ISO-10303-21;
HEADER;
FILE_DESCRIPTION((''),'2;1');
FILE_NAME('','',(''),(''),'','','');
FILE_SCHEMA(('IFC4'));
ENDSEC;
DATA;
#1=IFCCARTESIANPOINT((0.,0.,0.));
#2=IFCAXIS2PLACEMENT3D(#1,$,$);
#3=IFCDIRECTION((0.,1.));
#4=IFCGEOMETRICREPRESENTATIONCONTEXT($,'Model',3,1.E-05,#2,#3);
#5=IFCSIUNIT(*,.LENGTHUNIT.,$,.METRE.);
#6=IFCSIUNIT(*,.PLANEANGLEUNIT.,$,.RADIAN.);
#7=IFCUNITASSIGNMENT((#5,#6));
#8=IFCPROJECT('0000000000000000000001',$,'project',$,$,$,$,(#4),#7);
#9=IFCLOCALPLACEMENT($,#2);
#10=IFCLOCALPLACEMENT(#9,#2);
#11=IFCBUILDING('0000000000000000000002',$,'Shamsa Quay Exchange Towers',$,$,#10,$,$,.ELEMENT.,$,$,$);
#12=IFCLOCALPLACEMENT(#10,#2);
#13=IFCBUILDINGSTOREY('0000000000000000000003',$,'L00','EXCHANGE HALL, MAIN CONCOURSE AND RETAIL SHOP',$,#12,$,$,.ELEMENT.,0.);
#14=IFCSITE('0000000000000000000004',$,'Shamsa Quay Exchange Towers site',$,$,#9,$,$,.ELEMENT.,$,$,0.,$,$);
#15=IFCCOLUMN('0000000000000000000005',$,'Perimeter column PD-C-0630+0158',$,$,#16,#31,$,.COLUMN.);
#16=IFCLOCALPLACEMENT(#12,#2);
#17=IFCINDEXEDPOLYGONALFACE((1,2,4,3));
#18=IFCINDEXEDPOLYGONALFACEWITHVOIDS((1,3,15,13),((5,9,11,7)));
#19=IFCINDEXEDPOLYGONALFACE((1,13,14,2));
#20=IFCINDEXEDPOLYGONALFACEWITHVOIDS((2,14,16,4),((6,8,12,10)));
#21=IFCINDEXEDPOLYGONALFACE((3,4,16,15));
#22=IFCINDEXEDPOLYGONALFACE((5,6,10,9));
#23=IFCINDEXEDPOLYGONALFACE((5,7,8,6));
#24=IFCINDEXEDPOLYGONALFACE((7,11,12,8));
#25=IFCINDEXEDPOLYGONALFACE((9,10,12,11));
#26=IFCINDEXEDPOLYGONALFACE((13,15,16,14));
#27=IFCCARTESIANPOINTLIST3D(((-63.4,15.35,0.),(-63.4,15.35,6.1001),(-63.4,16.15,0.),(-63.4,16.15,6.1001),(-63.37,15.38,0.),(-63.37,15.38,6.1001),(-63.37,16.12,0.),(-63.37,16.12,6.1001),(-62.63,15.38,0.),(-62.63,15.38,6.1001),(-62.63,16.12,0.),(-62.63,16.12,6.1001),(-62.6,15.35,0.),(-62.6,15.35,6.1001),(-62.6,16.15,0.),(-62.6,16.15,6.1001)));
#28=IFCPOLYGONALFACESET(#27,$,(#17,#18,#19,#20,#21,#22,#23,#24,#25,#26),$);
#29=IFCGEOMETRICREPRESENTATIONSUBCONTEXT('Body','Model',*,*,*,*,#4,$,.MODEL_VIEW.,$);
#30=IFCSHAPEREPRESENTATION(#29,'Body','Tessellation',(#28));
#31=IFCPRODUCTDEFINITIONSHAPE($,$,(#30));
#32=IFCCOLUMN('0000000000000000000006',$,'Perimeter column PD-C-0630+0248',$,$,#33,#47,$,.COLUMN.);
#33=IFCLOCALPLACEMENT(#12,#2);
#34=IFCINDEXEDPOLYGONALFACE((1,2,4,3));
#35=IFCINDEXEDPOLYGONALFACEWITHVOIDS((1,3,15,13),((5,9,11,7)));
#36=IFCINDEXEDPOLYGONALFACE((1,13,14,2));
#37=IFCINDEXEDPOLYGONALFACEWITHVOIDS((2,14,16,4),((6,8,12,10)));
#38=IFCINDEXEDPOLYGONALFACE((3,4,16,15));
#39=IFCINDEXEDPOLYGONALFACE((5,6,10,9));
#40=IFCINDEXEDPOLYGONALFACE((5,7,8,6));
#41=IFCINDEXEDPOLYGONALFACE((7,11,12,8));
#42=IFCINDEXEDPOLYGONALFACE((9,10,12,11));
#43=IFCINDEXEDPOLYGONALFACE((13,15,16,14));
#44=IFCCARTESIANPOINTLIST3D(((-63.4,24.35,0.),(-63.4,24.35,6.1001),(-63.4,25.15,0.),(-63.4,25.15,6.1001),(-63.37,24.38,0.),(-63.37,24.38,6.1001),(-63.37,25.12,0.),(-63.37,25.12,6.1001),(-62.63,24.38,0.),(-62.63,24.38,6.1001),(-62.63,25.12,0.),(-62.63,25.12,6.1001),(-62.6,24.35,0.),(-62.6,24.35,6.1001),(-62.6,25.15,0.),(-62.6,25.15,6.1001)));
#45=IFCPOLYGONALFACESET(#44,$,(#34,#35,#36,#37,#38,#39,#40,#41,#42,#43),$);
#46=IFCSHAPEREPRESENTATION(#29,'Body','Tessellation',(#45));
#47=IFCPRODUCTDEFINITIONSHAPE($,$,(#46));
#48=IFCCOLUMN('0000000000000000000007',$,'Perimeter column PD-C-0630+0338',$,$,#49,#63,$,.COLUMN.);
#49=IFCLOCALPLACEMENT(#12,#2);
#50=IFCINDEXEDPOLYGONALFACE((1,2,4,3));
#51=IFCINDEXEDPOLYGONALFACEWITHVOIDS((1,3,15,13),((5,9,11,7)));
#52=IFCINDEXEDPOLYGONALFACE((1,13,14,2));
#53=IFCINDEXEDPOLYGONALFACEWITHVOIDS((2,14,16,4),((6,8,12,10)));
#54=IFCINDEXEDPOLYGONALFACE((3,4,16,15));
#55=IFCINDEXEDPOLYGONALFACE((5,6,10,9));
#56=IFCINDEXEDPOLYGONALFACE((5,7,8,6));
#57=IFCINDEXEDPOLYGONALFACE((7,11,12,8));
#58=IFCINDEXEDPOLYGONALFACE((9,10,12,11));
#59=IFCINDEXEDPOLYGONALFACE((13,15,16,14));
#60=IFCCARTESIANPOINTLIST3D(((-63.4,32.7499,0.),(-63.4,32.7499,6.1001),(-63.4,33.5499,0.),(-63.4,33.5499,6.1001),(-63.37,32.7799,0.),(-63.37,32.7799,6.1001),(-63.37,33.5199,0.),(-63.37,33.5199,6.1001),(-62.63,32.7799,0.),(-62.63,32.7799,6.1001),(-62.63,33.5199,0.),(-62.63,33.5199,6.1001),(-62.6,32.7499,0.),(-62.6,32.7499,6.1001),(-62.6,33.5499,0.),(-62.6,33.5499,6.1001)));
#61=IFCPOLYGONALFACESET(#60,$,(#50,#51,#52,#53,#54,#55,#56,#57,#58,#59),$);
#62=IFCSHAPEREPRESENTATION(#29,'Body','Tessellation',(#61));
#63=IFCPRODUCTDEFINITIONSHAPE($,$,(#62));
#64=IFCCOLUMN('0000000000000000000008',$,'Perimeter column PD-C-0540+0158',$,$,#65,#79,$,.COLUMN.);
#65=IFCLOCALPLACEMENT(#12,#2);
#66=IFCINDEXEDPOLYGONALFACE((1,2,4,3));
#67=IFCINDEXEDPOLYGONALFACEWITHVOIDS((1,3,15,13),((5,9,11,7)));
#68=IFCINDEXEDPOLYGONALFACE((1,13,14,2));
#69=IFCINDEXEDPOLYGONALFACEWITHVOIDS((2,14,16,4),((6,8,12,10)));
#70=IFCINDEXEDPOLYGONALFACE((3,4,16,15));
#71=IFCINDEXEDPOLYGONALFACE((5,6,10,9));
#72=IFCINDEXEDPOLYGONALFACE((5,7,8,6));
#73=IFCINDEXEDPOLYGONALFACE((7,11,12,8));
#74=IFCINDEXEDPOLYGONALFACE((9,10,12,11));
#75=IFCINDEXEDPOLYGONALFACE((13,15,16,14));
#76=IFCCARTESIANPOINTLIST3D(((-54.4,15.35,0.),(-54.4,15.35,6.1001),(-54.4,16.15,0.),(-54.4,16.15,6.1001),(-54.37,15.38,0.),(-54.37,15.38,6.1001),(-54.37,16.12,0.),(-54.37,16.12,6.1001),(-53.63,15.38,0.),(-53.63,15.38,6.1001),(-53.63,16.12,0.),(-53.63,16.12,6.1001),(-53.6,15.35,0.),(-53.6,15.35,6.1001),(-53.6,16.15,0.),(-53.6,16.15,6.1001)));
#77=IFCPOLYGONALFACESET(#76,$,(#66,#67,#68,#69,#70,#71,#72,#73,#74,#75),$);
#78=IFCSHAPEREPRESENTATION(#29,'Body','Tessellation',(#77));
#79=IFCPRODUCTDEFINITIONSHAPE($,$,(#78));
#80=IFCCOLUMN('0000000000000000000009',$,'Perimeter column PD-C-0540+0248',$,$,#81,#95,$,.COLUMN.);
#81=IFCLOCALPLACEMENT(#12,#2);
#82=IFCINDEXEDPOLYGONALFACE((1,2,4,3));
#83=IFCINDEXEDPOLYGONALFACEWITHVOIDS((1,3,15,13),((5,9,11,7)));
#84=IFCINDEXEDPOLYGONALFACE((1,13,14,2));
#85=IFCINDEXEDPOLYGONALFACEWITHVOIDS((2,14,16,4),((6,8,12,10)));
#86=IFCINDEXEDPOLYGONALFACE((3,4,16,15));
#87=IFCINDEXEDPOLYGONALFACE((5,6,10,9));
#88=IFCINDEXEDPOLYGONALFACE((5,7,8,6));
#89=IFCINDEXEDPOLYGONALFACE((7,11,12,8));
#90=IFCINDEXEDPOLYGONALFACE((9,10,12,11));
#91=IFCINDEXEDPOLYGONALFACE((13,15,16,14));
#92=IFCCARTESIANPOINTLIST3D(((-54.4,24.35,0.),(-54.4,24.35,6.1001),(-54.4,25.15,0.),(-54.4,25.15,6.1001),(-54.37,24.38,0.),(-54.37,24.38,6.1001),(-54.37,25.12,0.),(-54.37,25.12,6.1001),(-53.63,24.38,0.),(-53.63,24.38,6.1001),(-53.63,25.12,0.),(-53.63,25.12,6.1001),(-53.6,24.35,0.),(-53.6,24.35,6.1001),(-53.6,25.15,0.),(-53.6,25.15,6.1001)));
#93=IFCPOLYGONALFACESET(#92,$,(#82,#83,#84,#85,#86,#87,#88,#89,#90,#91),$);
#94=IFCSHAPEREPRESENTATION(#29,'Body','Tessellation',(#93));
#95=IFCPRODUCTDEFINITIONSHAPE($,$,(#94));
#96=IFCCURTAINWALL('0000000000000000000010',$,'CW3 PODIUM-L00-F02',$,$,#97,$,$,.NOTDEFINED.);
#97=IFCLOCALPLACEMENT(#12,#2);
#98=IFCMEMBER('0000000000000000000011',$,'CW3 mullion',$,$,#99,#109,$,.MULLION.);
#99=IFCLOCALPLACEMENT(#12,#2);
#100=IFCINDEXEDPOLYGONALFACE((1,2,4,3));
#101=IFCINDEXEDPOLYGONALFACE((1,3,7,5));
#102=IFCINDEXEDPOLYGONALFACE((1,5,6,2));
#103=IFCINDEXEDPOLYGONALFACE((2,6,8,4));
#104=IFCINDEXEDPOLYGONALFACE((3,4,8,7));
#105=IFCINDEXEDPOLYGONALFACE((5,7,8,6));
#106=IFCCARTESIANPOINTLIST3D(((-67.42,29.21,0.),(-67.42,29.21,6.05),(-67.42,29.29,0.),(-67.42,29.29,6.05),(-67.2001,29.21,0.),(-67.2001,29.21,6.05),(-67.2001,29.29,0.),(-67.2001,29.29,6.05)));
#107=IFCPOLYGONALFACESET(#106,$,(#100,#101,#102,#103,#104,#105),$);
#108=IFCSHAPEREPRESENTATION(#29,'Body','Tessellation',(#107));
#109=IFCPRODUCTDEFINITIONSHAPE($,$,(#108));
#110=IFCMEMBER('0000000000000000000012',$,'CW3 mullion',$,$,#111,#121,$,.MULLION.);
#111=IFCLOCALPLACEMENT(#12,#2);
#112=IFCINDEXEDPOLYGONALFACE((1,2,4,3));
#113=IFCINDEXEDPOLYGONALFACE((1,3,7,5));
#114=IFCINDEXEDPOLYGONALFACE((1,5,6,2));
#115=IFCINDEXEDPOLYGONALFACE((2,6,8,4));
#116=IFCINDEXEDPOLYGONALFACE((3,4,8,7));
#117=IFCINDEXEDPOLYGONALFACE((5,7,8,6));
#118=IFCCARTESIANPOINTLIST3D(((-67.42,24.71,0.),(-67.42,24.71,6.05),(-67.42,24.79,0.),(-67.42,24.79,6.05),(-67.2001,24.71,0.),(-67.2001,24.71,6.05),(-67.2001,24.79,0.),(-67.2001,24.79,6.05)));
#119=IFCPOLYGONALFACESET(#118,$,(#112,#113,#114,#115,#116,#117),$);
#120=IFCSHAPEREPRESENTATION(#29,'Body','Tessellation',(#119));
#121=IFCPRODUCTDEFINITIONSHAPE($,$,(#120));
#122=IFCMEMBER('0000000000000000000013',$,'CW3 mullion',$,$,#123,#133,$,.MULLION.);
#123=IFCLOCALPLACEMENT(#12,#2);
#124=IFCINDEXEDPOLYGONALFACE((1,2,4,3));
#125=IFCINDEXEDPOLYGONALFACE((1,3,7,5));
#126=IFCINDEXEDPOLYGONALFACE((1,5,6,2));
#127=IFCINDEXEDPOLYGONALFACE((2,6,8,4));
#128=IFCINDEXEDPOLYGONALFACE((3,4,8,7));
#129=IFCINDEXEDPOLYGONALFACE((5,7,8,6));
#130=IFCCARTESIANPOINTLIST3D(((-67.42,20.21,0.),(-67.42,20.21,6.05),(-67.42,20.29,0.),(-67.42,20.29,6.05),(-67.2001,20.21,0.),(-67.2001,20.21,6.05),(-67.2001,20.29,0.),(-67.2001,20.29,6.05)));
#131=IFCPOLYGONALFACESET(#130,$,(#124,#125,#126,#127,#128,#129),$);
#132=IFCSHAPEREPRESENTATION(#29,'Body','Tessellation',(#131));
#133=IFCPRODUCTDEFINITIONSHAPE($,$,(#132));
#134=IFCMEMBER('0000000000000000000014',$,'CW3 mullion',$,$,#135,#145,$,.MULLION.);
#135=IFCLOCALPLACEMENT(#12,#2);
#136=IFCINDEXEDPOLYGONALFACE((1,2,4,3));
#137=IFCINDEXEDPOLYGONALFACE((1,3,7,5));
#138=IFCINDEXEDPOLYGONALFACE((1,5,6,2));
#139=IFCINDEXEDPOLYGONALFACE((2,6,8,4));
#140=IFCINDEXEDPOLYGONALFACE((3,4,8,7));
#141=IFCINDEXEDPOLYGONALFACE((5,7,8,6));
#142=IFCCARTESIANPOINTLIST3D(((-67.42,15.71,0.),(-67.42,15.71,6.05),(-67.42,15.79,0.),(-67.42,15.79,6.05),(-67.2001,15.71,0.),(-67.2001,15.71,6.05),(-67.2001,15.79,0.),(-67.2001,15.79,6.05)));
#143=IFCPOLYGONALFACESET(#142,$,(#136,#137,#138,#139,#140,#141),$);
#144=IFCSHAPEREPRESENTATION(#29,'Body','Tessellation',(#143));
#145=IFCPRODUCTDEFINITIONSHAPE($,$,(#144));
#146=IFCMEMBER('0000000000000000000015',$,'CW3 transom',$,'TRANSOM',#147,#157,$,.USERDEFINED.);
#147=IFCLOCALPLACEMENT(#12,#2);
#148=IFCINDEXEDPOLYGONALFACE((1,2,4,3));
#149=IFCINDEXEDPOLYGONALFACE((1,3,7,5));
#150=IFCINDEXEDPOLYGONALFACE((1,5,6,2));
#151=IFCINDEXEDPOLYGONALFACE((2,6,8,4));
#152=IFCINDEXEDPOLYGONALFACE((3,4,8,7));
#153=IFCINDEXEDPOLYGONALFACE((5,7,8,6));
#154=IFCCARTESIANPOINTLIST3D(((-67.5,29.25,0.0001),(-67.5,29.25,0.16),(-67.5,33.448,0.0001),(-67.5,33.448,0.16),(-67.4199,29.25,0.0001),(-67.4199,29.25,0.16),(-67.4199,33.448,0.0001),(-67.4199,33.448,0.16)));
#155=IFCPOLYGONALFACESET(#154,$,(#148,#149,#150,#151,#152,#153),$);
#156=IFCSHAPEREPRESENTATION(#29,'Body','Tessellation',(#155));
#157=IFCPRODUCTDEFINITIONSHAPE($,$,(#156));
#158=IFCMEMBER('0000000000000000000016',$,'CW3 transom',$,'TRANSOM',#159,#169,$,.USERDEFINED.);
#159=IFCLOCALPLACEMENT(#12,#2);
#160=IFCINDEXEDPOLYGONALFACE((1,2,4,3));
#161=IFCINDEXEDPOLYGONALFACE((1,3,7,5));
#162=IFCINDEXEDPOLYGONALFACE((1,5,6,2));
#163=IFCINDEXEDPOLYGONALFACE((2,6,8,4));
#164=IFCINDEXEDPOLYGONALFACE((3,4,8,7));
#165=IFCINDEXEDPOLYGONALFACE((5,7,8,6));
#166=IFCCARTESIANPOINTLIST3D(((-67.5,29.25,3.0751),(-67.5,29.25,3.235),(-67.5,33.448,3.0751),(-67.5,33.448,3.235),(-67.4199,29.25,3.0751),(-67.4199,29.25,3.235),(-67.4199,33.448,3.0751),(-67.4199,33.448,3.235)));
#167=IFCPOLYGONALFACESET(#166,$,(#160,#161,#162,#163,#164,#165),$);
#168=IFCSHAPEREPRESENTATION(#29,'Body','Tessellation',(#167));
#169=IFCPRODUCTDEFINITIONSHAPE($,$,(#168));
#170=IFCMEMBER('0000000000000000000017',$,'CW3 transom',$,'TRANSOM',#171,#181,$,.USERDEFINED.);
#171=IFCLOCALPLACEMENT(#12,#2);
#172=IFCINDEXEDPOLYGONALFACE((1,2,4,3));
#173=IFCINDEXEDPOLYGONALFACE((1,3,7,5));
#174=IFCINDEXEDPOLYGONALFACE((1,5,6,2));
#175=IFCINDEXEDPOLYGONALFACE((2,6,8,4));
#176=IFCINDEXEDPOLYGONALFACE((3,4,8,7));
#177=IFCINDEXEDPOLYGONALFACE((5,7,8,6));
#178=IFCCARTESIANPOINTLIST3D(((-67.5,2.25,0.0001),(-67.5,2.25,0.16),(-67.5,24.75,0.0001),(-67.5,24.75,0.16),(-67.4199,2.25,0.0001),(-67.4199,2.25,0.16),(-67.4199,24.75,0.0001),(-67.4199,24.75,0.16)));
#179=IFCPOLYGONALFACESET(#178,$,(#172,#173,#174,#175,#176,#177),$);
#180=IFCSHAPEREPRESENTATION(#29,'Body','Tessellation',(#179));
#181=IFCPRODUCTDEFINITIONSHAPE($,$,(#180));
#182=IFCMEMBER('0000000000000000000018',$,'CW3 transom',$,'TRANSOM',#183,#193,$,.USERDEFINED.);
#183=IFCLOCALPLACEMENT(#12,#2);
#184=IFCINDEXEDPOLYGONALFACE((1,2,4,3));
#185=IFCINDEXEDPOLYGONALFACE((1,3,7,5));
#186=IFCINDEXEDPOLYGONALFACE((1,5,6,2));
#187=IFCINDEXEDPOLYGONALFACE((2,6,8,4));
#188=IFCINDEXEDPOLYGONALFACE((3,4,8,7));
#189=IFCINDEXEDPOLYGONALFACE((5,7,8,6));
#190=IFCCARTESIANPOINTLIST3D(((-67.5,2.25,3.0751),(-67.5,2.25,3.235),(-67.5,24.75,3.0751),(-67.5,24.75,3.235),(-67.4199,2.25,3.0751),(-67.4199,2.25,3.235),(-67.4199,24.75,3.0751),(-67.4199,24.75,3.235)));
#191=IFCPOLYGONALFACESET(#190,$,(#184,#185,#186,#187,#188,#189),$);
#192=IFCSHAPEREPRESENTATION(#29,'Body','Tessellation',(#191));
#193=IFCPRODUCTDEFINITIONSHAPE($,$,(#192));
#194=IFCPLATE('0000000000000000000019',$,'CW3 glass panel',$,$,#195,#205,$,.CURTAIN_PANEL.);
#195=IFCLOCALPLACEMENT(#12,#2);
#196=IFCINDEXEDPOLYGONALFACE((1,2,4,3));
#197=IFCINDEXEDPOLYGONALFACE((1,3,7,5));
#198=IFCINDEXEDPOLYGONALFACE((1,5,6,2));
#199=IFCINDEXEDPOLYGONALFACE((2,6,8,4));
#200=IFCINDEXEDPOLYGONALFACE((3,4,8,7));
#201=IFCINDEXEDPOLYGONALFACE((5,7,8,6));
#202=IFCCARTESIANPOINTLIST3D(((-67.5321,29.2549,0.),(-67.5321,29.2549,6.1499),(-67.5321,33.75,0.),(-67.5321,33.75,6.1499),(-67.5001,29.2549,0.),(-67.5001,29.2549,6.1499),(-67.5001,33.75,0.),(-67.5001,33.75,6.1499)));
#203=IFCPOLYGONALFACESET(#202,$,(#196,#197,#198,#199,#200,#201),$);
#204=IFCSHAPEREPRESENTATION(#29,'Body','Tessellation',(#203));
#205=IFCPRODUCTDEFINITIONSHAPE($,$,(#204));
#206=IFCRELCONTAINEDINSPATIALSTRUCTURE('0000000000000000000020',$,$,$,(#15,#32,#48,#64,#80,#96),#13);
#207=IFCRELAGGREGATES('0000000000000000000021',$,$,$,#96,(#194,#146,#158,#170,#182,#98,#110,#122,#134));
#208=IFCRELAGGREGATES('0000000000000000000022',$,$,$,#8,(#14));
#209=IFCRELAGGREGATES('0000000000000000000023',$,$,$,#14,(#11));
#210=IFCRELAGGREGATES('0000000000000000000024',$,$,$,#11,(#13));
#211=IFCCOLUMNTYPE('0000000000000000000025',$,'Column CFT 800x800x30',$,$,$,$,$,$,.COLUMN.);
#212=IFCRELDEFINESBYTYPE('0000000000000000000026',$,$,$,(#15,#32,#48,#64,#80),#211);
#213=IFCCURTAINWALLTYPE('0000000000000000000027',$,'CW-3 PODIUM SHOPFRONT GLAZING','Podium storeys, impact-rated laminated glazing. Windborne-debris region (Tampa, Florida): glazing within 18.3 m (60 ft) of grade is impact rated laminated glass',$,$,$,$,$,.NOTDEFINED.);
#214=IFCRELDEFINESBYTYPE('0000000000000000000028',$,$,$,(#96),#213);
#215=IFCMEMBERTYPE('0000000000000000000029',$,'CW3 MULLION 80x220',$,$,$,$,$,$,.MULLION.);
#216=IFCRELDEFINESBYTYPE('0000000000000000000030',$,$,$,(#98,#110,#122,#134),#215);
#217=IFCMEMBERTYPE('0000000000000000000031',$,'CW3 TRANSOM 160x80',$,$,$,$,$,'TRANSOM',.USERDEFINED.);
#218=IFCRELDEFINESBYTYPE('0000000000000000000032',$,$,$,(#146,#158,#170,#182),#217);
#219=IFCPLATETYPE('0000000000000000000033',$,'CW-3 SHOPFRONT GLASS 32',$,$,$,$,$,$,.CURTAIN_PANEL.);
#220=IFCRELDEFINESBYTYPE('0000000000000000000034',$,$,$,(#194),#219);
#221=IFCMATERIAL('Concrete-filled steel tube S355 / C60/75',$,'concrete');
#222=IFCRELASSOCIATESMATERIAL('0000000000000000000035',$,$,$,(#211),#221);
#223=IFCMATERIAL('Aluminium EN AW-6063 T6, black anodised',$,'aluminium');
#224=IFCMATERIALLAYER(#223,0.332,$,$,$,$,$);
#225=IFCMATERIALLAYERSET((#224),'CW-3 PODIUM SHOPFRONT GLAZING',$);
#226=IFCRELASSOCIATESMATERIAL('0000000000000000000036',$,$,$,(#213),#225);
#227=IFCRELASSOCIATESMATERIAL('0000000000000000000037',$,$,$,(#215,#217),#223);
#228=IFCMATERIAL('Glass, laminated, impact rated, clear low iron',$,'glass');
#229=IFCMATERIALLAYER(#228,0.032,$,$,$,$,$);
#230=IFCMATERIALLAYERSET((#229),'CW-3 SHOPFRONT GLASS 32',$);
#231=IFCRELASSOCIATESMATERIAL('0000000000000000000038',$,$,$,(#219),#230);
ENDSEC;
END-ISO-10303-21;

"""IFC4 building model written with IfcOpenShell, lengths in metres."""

from ifc_helpers import new_model, si_unit, direction, frame, origin, origin_2d, place, context, subcontext, project, spatial, rectangle, hollow_rectangle, extrude, material, layer, layer_set, material_profile, profile_set, type_object, element, aggregate, save


model = new_model("IFC4")

# Units and contexts
model_context = context("Model", 3, precision=1e-05, world=origin(), true_north=direction((0.0, 1.0)))
body_context = subcontext(model_context, "Body", "Model", "MODEL_VIEW")
ifc_project = project(units=[si_unit("LENGTHUNIT", "METRE"), si_unit("PLANEANGLEUNIT", "RADIAN")], contexts=[model_context])

# Site, building, storey
site_placement = place(None, origin())
site = spatial("IfcSite", under=ifc_project, at=site_placement, Name="Shamsa Quay Exchange Towers site", CompositionType="ELEMENT", RefElevation=0.0)
building_placement = place(site_placement, origin())
building = spatial("IfcBuilding", under=site, at=building_placement, Name="Shamsa Quay Exchange Towers", CompositionType="ELEMENT")
storey_placement = place(building_placement, origin())
storey = spatial("IfcBuildingStorey", under=building, at=storey_placement, Name="L00", Description="EXCHANGE HALL, MAIN CONCOURSE AND RETAIL SHOP", CompositionType="ELEMENT", Elevation=0.0)

# Columns
ifc_material_1 = material(Name="Concrete-filled steel tube S355 / C60/75", Category="concrete")
ifc_material_profile_1 = material_profile(ifc_material_1, hollow_rectangle(XDim=0.8, YDim=0.8, WallThickness=0.03, at=origin_2d()), Name="CFT 800x800x30")
ifc_profile_set_1 = profile_set([ifc_material_profile_1], Name="Concrete-filled steel tube S355 / C60/75")
column_type = type_object("IfcColumnType", Name="Column CFT 800x800x30", PredefinedType="COLUMN", material=ifc_profile_set_1)
for number, where, name in (
    (1, (-63.0, 15.75, 0.0), "Perimeter column PD-C-0630+0158"),
    (2, (-63.0, 24.75, 0.0), "Perimeter column PD-C-0630+0248"),
    (3, (-63.0, 33.1499, 0.0), "Perimeter column PD-C-0630+0338"),
    (4, (-54.0, 15.75, 0.0), "Perimeter column PD-C-0540+0158"),
    (5, (-54.0, 24.75, 0.0), "Perimeter column PD-C-0540+0248"),
):
    element("IfcColumn", number, at=place(storey_placement, frame(where)), inside=storey, type_object=column_type, Name=name, PredefinedType="COLUMN", context=body_context, shape_type="SweptSolid", body=[
        extrude(hollow_rectangle(XDim=0.8, YDim=0.8, WallThickness=0.03, at=origin_2d()), origin(), (0.0, 0.0, 1.0), 6.1001),
    ])

# Curtain wall, members, plate
ifc_material_2 = material(Name="Aluminium EN AW-6063 T6, black anodised", Category="aluminium")
ifc_layer_1 = layer(ifc_material_2, 0.332)
ifc_layer_set_1 = layer_set([ifc_layer_1], Name="CW-3 PODIUM SHOPFRONT GLAZING")
curtain_wall_type = type_object("IfcCurtainWallType", Name="CW-3 PODIUM SHOPFRONT GLAZING", Description="Podium storeys, impact-rated laminated glazing. Windborne-debris region (Tampa, Florida): glazing within 18.3 m (60 ft) of grade is impact rated laminated glass", PredefinedType="NOTDEFINED", material=ifc_layer_set_1)
curtain_wall_placement = place(storey_placement, origin())
curtain_wall = element("IfcCurtainWall", 6, at=curtain_wall_placement, inside=storey, type_object=curtain_wall_type, Name="CW3 PODIUM-L00-F02", PredefinedType="NOTDEFINED")
ifc_material_profile_2 = material_profile(ifc_material_2, rectangle(XDim=0.22, YDim=0.0801, at=origin_2d()), Name="MU80x220")
ifc_profile_set_2 = profile_set([ifc_material_profile_2], Name="Aluminium EN AW-6063 T6, black anodised")
member_type_1 = type_object("IfcMemberType", Name="CW3 MULLION 80x220", PredefinedType="MULLION", material=ifc_profile_set_2)
member_1_placement = place(storey_placement, frame((-67.3101, 29.25, 0.0)))
member_1 = element("IfcMember", 7, at=member_1_placement, type_object=member_type_1, Name="CW3 mullion", PredefinedType="MULLION", context=body_context, shape_type="SweptSolid", body=[
    extrude(rectangle(XDim=0.22, YDim=0.0801, at=origin_2d()), origin(), (0.0, 0.0, 1.0), 6.05),
])
member_2_placement = place(storey_placement, frame((-67.3101, 24.75, 0.0)))
member_2 = element("IfcMember", 8, at=member_2_placement, type_object=member_type_1, Name="CW3 mullion", PredefinedType="MULLION", context=body_context, shape_type="SweptSolid", body=[
    extrude(rectangle(XDim=0.22, YDim=0.0801, at=origin_2d()), origin(), (0.0, 0.0, 1.0), 6.05),
])
member_3_placement = place(storey_placement, frame((-67.3101, 20.25, 0.0)))
member_3 = element("IfcMember", 9, at=member_3_placement, type_object=member_type_1, Name="CW3 mullion", PredefinedType="MULLION", context=body_context, shape_type="SweptSolid", body=[
    extrude(rectangle(XDim=0.22, YDim=0.0801, at=origin_2d()), origin(), (0.0, 0.0, 1.0), 6.05),
])
member_4_placement = place(storey_placement, frame((-67.3101, 15.75, 0.0)))
member_4 = element("IfcMember", 10, at=member_4_placement, type_object=member_type_1, Name="CW3 mullion", PredefinedType="MULLION", context=body_context, shape_type="SweptSolid", body=[
    extrude(rectangle(XDim=0.22, YDim=0.0801, at=origin_2d()), origin(), (0.0, 0.0, 1.0), 6.05),
])
ifc_material_profile_3 = material_profile(ifc_material_2, rectangle(XDim=0.0801, YDim=0.1599, at=origin_2d()), Name="TR160x80")
ifc_profile_set_3 = profile_set([ifc_material_profile_3], Name="Aluminium EN AW-6063 T6, black anodised")
member_type_2 = type_object("IfcMemberType", Name="CW3 TRANSOM 160x80", ElementType="TRANSOM", PredefinedType="USERDEFINED", material=ifc_profile_set_3)
member_5_placement = place(storey_placement, frame((-67.46, 33.448, 0.0801), z_axis=(0.0, -1.0, 0.0), x_axis=(1.0, 0.0, 0.0)))
member_5 = element("IfcMember", 11, at=member_5_placement, type_object=member_type_2, Name="CW3 transom", ObjectType="TRANSOM", PredefinedType="USERDEFINED", context=body_context, shape_type="SweptSolid", body=[
    extrude(rectangle(XDim=0.0801, YDim=0.1599, at=origin_2d()), origin(), (0.0, 0.0, 1.0), 4.198),
])
member_6_placement = place(storey_placement, frame((-67.46, 33.448, 3.155), z_axis=(0.0, -1.0, 0.0), x_axis=(1.0, 0.0, 0.0)))
member_6 = element("IfcMember", 12, at=member_6_placement, type_object=member_type_2, Name="CW3 transom", ObjectType="TRANSOM", PredefinedType="USERDEFINED", context=body_context, shape_type="SweptSolid", body=[
    extrude(rectangle(XDim=0.0801, YDim=0.1599, at=origin_2d()), origin(), (0.0, 0.0, 1.0), 4.198),
])
member_7_placement = place(storey_placement, frame((-67.46, 24.75, 0.0801), z_axis=(0.0, -1.0, 0.0), x_axis=(1.0, 0.0, 0.0)))
member_7 = element("IfcMember", 13, at=member_7_placement, type_object=member_type_2, Name="CW3 transom", ObjectType="TRANSOM", PredefinedType="USERDEFINED", context=body_context, shape_type="SweptSolid", body=[
    extrude(rectangle(XDim=0.0801, YDim=0.1599, at=origin_2d()), origin(), (0.0, 0.0, 1.0), 22.5),
])
member_8_placement = place(storey_placement, frame((-67.46, 24.75, 3.155), z_axis=(0.0, -1.0, 0.0), x_axis=(1.0, 0.0, 0.0)))
member_8 = element("IfcMember", 14, at=member_8_placement, type_object=member_type_2, Name="CW3 transom", ObjectType="TRANSOM", PredefinedType="USERDEFINED", context=body_context, shape_type="SweptSolid", body=[
    extrude(rectangle(XDim=0.0801, YDim=0.1599, at=origin_2d()), origin(), (0.0, 0.0, 1.0), 22.5),
])
ifc_material_3 = material(Name="Glass, laminated, impact rated, clear low iron", Category="glass")
ifc_layer_2 = layer(ifc_material_3, 0.032)
ifc_layer_set_2 = layer_set([ifc_layer_2], Name="CW-3 SHOPFRONT GLASS 32")
plate_type = type_object("IfcPlateType", Name="CW-3 SHOPFRONT GLASS 32", PredefinedType="CURTAIN_PANEL", material=ifc_layer_set_2)
plate_1_placement = place(storey_placement, frame((-67.5161, 31.5024, 0.0), z_axis=(0.0, 0.0, 1.0), x_axis=(0.0, -1.0, 0.0)))
plate_1 = element("IfcPlate", 15, at=plate_1_placement, type_object=plate_type, Name="CW3 glass panel", PredefinedType="CURTAIN_PANEL", context=body_context, shape_type="SweptSolid", body=[
    extrude(rectangle(XDim=4.4951, YDim=0.032, at=origin_2d()), origin(), (0.0, 0.0, 1.0), 6.1499),
])
aggregate(curtain_wall, [plate_1, member_5, member_6, member_7, member_8, member_1, member_2, member_3, member_4])

save(model, "model.ifc")
